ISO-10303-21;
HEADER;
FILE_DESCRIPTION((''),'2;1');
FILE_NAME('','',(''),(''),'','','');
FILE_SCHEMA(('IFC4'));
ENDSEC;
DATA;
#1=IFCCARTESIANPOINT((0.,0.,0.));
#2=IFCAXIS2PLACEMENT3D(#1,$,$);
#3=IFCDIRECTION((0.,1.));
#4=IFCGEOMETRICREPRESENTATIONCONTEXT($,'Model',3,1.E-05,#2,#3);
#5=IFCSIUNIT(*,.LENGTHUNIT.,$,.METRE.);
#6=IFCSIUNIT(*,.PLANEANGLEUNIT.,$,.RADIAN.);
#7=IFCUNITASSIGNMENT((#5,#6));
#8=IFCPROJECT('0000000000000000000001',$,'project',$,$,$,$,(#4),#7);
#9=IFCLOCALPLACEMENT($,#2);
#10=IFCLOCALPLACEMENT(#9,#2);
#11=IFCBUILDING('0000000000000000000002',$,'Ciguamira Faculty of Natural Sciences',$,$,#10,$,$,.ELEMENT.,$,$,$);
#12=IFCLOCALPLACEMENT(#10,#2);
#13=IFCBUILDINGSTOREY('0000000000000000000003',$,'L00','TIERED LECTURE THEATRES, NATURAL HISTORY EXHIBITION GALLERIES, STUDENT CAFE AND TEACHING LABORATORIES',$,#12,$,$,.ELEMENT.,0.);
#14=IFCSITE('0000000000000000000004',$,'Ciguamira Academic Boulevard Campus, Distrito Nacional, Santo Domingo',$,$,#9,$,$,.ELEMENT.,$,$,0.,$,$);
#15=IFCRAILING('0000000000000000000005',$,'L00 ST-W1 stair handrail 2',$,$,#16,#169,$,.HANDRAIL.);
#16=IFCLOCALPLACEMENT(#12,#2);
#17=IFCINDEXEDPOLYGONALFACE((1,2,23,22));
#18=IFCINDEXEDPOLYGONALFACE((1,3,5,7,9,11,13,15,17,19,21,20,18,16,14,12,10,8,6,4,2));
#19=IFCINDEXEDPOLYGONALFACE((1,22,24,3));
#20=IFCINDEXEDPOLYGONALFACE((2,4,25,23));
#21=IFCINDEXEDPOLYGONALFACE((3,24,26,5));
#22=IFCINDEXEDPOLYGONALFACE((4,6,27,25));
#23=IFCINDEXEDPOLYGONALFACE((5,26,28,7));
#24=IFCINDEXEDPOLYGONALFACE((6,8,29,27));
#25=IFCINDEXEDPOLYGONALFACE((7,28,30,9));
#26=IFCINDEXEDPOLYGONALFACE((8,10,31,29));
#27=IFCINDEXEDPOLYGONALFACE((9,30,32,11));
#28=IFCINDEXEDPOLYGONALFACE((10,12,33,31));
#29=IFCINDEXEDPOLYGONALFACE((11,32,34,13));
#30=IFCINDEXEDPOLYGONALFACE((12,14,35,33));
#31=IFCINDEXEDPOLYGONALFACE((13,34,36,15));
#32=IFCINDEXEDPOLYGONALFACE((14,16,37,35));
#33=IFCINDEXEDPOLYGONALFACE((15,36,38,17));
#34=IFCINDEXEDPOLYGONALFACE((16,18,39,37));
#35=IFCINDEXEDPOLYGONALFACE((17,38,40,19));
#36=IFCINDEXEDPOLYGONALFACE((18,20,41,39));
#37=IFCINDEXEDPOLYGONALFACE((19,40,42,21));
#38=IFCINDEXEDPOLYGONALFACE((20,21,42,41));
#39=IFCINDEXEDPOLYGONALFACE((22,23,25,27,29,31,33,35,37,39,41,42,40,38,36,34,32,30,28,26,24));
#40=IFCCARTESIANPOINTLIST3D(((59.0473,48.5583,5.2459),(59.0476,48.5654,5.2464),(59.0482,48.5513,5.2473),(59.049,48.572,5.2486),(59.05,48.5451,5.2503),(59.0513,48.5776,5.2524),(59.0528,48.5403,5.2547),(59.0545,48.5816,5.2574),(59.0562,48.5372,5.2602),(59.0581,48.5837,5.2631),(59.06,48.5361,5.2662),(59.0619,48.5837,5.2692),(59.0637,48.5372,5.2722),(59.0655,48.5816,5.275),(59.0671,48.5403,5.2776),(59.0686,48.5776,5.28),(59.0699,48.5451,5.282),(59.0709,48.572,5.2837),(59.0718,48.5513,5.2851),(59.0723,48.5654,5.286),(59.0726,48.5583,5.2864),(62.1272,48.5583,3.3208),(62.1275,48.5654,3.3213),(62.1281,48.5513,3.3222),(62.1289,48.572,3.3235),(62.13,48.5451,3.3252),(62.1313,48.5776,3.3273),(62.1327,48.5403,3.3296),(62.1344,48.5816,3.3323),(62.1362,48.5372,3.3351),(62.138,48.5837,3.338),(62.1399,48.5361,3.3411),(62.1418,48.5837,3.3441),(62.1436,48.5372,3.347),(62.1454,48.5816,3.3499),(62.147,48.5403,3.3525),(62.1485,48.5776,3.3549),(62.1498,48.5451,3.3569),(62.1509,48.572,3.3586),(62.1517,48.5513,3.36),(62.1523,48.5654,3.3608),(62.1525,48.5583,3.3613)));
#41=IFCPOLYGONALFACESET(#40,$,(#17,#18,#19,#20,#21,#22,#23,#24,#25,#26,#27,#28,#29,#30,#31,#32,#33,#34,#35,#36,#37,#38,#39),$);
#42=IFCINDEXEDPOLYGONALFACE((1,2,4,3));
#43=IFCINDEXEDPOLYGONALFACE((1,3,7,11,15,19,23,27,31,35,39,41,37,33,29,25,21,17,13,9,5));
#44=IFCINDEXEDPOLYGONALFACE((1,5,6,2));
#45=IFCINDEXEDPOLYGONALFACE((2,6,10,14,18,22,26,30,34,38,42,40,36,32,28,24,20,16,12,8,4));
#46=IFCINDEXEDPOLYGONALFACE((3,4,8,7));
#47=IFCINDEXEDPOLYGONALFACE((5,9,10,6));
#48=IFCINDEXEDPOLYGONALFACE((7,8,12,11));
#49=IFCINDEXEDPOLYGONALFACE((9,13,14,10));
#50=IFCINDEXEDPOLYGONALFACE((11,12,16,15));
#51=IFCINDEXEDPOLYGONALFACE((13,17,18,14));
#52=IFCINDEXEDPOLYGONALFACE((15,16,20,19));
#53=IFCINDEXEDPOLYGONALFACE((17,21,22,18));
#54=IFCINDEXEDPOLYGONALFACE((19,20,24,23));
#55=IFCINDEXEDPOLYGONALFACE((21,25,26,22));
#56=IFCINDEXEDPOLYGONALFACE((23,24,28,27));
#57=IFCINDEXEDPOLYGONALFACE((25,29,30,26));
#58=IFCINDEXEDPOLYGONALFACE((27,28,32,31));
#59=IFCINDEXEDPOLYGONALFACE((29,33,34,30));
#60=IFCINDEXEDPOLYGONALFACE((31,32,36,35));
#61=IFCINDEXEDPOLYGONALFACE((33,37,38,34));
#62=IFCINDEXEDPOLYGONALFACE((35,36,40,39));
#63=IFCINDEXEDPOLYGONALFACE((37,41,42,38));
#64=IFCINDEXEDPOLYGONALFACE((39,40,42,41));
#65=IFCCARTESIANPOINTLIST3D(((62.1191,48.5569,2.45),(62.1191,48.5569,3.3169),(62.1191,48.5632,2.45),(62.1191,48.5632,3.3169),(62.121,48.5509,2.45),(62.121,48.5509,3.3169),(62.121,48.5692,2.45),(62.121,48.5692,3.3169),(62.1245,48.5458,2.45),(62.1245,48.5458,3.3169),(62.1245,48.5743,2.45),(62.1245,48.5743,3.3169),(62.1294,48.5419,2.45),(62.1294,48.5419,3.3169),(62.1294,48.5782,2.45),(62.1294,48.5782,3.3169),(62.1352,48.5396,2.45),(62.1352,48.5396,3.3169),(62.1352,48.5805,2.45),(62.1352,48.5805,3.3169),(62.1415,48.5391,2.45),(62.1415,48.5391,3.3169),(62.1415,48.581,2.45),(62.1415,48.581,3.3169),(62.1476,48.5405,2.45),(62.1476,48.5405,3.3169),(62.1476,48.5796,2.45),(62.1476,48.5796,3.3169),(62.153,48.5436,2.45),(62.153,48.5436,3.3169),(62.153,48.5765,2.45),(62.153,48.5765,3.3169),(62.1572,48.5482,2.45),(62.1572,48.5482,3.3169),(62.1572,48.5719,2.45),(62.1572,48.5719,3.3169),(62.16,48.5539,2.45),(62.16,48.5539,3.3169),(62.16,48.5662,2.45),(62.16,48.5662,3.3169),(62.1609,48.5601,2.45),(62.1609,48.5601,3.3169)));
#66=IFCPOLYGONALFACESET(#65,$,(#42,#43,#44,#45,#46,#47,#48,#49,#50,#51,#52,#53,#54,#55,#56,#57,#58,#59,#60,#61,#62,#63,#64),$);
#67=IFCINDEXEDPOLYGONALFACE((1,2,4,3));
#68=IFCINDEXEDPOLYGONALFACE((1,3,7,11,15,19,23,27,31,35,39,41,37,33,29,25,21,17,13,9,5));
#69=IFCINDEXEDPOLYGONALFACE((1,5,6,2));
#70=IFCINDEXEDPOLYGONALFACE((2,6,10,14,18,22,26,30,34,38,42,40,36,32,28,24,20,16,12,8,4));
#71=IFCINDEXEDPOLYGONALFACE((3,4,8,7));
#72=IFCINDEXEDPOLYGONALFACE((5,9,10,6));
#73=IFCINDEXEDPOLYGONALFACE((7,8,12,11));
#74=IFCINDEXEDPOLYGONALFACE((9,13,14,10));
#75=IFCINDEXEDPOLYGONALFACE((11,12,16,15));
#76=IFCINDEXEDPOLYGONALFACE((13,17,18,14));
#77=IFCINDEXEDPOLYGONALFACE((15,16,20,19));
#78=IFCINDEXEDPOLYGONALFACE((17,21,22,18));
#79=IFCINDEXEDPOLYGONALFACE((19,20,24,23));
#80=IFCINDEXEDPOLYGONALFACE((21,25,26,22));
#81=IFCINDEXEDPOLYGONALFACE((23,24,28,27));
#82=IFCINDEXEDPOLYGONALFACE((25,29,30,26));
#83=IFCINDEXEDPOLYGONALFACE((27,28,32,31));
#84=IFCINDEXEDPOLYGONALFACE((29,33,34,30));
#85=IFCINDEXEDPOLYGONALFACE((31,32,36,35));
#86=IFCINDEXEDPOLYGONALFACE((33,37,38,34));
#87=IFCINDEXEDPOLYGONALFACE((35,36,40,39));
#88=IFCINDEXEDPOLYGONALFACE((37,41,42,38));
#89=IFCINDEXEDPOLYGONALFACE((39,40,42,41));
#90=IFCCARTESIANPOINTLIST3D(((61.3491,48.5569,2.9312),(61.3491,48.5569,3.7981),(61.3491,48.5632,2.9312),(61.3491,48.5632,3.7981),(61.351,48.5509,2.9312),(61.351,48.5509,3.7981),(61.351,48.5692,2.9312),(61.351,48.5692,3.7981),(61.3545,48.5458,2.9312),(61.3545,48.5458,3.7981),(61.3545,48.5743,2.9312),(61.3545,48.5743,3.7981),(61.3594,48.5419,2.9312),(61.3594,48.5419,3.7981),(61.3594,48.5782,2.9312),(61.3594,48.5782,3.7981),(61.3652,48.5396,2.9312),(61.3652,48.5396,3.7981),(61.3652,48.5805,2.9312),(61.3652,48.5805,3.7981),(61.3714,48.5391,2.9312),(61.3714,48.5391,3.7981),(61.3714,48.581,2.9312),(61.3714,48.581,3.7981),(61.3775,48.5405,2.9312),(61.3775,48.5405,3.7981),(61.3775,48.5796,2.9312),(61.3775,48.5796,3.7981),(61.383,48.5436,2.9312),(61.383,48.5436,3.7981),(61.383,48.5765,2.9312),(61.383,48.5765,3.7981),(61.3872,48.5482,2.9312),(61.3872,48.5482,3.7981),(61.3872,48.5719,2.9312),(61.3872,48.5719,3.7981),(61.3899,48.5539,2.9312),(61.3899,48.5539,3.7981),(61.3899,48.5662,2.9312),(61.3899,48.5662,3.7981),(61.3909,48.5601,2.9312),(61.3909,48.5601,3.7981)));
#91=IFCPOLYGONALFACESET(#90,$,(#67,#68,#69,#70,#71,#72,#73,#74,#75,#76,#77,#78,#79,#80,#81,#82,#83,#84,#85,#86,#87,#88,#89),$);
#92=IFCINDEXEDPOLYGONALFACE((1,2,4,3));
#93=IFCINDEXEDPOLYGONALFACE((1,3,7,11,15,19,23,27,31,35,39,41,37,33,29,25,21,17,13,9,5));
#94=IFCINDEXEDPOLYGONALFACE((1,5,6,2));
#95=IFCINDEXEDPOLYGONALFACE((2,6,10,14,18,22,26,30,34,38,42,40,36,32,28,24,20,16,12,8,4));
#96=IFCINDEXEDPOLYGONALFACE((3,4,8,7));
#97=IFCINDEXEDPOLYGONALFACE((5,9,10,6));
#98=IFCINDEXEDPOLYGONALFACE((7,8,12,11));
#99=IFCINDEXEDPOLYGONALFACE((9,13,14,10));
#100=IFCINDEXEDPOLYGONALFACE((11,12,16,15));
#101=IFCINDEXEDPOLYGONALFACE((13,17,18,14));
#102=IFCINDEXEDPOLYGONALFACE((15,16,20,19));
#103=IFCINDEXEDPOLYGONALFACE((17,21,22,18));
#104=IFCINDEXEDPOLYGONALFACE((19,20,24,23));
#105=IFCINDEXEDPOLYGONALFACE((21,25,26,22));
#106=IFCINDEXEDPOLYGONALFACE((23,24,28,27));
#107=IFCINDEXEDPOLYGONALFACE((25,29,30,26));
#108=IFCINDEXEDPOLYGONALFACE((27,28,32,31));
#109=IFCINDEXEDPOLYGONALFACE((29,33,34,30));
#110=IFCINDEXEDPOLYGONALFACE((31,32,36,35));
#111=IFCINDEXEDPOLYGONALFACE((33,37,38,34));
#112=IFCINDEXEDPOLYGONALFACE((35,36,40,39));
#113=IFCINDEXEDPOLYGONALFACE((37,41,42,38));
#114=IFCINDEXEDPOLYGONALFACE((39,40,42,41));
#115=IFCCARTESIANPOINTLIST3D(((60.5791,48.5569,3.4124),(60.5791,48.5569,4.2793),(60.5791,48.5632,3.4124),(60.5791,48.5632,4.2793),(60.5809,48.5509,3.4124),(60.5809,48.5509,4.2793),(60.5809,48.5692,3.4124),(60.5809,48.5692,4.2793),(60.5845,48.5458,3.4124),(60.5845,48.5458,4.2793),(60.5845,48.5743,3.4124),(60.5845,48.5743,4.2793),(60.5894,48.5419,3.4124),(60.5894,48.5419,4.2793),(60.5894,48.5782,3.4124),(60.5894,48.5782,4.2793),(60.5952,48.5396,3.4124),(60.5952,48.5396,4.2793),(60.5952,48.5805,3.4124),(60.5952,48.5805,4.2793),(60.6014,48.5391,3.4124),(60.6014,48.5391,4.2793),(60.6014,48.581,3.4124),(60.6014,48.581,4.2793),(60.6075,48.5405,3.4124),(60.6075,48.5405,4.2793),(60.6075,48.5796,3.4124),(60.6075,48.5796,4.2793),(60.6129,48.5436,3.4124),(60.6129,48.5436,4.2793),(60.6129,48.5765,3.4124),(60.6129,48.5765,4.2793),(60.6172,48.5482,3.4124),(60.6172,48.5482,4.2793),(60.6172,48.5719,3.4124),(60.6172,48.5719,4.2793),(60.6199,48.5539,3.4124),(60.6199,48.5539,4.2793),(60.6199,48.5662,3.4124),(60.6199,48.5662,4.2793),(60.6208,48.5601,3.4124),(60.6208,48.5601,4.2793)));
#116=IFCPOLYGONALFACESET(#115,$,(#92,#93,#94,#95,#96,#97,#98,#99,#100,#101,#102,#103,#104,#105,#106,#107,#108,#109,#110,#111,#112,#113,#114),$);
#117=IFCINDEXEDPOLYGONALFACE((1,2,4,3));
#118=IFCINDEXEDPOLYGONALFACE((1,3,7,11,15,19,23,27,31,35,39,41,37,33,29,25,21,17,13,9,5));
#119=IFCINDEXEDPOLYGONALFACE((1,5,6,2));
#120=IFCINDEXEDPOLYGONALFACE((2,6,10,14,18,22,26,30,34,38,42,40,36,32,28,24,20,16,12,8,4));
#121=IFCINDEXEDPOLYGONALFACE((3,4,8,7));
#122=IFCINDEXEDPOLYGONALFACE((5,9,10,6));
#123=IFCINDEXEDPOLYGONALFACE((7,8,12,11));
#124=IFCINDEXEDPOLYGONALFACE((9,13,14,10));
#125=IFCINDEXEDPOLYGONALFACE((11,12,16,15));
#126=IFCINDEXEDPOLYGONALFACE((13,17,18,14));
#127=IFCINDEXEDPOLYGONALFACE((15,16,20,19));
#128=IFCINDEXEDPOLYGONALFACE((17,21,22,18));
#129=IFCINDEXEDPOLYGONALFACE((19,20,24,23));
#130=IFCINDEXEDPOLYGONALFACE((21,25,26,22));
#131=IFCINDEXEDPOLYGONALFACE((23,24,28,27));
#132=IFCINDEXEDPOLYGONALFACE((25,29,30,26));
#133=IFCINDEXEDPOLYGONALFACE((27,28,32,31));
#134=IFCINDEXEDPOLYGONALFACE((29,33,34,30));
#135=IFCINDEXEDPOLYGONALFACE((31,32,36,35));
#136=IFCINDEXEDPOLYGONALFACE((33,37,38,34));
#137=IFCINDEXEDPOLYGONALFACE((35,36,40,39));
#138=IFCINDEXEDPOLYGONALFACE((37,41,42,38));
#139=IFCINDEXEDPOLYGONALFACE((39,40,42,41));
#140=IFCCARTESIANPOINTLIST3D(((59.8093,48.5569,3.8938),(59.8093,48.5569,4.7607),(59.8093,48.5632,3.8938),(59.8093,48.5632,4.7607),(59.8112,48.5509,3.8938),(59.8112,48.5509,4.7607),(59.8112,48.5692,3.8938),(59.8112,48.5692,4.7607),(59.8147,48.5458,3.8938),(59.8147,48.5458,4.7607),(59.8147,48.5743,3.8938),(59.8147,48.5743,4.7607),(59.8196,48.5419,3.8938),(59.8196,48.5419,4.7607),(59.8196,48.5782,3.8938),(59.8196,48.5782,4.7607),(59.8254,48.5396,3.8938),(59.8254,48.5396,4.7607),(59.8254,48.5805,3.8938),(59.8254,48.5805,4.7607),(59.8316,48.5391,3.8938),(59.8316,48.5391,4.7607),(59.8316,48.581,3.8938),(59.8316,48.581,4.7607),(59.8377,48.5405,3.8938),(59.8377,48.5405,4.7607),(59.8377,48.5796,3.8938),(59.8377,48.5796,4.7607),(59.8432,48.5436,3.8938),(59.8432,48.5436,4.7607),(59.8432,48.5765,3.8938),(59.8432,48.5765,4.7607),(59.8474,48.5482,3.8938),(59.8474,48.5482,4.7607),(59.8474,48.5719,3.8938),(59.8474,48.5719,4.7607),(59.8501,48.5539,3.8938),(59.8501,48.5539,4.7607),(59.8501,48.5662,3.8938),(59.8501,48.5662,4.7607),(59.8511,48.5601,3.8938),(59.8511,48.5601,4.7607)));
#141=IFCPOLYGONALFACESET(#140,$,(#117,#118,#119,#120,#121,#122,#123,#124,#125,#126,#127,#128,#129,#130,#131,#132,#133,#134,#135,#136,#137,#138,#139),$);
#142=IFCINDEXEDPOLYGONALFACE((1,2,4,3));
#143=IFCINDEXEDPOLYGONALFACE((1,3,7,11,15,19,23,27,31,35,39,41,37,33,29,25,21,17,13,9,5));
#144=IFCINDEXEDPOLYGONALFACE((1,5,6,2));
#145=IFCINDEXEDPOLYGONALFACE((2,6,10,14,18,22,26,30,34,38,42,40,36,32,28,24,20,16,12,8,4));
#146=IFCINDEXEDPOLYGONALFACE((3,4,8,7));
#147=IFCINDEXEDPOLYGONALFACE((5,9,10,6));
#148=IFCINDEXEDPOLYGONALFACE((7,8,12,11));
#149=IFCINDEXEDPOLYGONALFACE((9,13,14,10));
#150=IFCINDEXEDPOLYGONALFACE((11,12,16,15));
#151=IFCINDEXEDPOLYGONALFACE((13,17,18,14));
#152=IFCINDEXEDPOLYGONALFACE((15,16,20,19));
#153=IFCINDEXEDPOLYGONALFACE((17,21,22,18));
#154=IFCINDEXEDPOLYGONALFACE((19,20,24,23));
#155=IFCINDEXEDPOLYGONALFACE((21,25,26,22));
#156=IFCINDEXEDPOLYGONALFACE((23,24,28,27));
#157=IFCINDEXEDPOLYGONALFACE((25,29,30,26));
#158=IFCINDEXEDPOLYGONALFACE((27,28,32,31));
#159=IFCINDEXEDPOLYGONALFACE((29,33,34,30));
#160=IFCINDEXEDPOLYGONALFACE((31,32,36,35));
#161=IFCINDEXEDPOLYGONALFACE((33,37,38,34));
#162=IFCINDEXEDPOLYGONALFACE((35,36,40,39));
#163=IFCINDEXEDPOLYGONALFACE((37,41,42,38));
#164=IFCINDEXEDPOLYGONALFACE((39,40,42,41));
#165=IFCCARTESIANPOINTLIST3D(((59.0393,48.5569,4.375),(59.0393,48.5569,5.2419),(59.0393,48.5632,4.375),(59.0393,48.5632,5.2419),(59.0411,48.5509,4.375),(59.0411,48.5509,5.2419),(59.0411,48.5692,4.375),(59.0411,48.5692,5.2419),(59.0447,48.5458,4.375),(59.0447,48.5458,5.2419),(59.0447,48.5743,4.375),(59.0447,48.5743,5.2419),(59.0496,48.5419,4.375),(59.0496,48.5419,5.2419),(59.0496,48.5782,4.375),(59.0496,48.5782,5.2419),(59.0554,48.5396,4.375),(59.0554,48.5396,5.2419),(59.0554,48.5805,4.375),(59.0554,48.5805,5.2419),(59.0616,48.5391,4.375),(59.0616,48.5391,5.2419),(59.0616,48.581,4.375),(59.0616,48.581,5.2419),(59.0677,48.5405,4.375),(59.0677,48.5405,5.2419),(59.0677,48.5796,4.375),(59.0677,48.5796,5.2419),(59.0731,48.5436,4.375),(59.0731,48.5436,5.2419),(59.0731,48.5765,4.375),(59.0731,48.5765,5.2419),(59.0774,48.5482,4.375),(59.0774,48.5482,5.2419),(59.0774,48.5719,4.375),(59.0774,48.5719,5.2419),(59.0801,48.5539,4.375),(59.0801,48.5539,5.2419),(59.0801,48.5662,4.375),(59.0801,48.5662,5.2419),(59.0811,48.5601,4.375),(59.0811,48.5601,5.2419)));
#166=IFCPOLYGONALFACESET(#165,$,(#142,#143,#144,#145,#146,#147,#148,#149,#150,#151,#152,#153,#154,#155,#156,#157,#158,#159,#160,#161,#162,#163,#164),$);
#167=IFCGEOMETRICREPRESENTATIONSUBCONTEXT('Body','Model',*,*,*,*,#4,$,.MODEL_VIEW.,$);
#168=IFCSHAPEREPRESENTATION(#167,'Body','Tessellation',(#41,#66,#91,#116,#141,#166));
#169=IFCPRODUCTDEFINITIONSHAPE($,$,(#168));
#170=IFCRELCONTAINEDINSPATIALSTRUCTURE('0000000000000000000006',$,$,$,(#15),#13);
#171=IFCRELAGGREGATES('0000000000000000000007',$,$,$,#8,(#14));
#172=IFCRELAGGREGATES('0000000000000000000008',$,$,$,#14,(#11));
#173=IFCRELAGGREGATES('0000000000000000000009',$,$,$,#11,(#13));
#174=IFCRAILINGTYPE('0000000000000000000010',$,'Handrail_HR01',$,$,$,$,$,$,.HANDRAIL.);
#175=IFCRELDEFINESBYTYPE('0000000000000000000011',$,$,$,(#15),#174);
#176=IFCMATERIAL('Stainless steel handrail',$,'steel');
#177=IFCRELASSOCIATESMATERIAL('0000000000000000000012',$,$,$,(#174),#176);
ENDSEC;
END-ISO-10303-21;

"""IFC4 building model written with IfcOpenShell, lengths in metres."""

from ifc_helpers import new_model, si_unit, direction, frame, origin, origin_2d, place, context, subcontext, project, spatial, circle, extrude, material, type_object, element, save


model = new_model("IFC4")

# Units and contexts
model_context = context("Model", 3, precision=1e-05, world=origin(), true_north=direction((0.0, 1.0)))
body_context = subcontext(model_context, "Body", "Model", "MODEL_VIEW")
ifc_project = project(units=[si_unit("LENGTHUNIT", "METRE"), si_unit("PLANEANGLEUNIT", "RADIAN")], contexts=[model_context])

# Site, building, storey
site_placement = place(None, origin())
site = spatial("IfcSite", under=ifc_project, at=site_placement, Name="Ciguamira Academic Boulevard Campus, Distrito Nacional, Santo Domingo", CompositionType="ELEMENT", RefElevation=0.0)
building_placement = place(site_placement, origin())
building = spatial("IfcBuilding", under=site, at=building_placement, Name="Ciguamira Faculty of Natural Sciences", CompositionType="ELEMENT")
storey_placement = place(building_placement, origin())
storey = spatial("IfcBuildingStorey", under=building, at=storey_placement, Name="L00", Description="TIERED LECTURE THEATRES, NATURAL HISTORY EXHIBITION GALLERIES, STUDENT CAFE AND TEACHING LABORATORIES", CompositionType="ELEMENT", Elevation=0.0)

# Railing
ifc_material_1 = material(Name="Stainless steel handrail", Category="steel")
railing_type_1 = type_object("IfcRailingType", Name="Handrail_HR01", PredefinedType="HANDRAIL", material=ifc_material_1)
railing_1_placement = place(storey_placement, frame((62.1399, 48.5601, 2.45)))
element("IfcRailing", 1, at=railing_1_placement, inside=storey, type_object=railing_type_1, Name="L00 ST-W1 stair handrail 2", PredefinedType="HANDRAIL", context=body_context, shape_type="SweptSolid", body=[
    extrude(circle(Radius=0.0239, at=origin_2d()), frame((0.0, 0.0, 0.8911), z_axis=(-0.847979, 0.0, 0.530029), x_axis=(0.0, -1.0, 0.0)), (0.0, 0.0, 1.0), 3.6321),
    extrude(circle(Radius=0.021, at=origin_2d()), origin(), (0.0, 0.0, 1.0), 0.8669),
    extrude(circle(Radius=0.021, at=origin_2d()), frame((-0.77, 0.0, 0.4812)), (0.0, 0.0, 1.0), 0.8669),
    extrude(circle(Radius=0.021, at=origin_2d()), frame((-1.54, 0.0, 0.9624)), (0.0, 0.0, 1.0), 0.8669),
    extrude(circle(Radius=0.021, at=origin_2d()), frame((-2.3098, 0.0, 1.4438)), (0.0, 0.0, 1.0), 0.8669),
    extrude(circle(Radius=0.021, at=origin_2d()), frame((-3.0798, 0.0, 1.925)), (0.0, 0.0, 1.0), 0.8669),
])

save(model, "model.ifc")
